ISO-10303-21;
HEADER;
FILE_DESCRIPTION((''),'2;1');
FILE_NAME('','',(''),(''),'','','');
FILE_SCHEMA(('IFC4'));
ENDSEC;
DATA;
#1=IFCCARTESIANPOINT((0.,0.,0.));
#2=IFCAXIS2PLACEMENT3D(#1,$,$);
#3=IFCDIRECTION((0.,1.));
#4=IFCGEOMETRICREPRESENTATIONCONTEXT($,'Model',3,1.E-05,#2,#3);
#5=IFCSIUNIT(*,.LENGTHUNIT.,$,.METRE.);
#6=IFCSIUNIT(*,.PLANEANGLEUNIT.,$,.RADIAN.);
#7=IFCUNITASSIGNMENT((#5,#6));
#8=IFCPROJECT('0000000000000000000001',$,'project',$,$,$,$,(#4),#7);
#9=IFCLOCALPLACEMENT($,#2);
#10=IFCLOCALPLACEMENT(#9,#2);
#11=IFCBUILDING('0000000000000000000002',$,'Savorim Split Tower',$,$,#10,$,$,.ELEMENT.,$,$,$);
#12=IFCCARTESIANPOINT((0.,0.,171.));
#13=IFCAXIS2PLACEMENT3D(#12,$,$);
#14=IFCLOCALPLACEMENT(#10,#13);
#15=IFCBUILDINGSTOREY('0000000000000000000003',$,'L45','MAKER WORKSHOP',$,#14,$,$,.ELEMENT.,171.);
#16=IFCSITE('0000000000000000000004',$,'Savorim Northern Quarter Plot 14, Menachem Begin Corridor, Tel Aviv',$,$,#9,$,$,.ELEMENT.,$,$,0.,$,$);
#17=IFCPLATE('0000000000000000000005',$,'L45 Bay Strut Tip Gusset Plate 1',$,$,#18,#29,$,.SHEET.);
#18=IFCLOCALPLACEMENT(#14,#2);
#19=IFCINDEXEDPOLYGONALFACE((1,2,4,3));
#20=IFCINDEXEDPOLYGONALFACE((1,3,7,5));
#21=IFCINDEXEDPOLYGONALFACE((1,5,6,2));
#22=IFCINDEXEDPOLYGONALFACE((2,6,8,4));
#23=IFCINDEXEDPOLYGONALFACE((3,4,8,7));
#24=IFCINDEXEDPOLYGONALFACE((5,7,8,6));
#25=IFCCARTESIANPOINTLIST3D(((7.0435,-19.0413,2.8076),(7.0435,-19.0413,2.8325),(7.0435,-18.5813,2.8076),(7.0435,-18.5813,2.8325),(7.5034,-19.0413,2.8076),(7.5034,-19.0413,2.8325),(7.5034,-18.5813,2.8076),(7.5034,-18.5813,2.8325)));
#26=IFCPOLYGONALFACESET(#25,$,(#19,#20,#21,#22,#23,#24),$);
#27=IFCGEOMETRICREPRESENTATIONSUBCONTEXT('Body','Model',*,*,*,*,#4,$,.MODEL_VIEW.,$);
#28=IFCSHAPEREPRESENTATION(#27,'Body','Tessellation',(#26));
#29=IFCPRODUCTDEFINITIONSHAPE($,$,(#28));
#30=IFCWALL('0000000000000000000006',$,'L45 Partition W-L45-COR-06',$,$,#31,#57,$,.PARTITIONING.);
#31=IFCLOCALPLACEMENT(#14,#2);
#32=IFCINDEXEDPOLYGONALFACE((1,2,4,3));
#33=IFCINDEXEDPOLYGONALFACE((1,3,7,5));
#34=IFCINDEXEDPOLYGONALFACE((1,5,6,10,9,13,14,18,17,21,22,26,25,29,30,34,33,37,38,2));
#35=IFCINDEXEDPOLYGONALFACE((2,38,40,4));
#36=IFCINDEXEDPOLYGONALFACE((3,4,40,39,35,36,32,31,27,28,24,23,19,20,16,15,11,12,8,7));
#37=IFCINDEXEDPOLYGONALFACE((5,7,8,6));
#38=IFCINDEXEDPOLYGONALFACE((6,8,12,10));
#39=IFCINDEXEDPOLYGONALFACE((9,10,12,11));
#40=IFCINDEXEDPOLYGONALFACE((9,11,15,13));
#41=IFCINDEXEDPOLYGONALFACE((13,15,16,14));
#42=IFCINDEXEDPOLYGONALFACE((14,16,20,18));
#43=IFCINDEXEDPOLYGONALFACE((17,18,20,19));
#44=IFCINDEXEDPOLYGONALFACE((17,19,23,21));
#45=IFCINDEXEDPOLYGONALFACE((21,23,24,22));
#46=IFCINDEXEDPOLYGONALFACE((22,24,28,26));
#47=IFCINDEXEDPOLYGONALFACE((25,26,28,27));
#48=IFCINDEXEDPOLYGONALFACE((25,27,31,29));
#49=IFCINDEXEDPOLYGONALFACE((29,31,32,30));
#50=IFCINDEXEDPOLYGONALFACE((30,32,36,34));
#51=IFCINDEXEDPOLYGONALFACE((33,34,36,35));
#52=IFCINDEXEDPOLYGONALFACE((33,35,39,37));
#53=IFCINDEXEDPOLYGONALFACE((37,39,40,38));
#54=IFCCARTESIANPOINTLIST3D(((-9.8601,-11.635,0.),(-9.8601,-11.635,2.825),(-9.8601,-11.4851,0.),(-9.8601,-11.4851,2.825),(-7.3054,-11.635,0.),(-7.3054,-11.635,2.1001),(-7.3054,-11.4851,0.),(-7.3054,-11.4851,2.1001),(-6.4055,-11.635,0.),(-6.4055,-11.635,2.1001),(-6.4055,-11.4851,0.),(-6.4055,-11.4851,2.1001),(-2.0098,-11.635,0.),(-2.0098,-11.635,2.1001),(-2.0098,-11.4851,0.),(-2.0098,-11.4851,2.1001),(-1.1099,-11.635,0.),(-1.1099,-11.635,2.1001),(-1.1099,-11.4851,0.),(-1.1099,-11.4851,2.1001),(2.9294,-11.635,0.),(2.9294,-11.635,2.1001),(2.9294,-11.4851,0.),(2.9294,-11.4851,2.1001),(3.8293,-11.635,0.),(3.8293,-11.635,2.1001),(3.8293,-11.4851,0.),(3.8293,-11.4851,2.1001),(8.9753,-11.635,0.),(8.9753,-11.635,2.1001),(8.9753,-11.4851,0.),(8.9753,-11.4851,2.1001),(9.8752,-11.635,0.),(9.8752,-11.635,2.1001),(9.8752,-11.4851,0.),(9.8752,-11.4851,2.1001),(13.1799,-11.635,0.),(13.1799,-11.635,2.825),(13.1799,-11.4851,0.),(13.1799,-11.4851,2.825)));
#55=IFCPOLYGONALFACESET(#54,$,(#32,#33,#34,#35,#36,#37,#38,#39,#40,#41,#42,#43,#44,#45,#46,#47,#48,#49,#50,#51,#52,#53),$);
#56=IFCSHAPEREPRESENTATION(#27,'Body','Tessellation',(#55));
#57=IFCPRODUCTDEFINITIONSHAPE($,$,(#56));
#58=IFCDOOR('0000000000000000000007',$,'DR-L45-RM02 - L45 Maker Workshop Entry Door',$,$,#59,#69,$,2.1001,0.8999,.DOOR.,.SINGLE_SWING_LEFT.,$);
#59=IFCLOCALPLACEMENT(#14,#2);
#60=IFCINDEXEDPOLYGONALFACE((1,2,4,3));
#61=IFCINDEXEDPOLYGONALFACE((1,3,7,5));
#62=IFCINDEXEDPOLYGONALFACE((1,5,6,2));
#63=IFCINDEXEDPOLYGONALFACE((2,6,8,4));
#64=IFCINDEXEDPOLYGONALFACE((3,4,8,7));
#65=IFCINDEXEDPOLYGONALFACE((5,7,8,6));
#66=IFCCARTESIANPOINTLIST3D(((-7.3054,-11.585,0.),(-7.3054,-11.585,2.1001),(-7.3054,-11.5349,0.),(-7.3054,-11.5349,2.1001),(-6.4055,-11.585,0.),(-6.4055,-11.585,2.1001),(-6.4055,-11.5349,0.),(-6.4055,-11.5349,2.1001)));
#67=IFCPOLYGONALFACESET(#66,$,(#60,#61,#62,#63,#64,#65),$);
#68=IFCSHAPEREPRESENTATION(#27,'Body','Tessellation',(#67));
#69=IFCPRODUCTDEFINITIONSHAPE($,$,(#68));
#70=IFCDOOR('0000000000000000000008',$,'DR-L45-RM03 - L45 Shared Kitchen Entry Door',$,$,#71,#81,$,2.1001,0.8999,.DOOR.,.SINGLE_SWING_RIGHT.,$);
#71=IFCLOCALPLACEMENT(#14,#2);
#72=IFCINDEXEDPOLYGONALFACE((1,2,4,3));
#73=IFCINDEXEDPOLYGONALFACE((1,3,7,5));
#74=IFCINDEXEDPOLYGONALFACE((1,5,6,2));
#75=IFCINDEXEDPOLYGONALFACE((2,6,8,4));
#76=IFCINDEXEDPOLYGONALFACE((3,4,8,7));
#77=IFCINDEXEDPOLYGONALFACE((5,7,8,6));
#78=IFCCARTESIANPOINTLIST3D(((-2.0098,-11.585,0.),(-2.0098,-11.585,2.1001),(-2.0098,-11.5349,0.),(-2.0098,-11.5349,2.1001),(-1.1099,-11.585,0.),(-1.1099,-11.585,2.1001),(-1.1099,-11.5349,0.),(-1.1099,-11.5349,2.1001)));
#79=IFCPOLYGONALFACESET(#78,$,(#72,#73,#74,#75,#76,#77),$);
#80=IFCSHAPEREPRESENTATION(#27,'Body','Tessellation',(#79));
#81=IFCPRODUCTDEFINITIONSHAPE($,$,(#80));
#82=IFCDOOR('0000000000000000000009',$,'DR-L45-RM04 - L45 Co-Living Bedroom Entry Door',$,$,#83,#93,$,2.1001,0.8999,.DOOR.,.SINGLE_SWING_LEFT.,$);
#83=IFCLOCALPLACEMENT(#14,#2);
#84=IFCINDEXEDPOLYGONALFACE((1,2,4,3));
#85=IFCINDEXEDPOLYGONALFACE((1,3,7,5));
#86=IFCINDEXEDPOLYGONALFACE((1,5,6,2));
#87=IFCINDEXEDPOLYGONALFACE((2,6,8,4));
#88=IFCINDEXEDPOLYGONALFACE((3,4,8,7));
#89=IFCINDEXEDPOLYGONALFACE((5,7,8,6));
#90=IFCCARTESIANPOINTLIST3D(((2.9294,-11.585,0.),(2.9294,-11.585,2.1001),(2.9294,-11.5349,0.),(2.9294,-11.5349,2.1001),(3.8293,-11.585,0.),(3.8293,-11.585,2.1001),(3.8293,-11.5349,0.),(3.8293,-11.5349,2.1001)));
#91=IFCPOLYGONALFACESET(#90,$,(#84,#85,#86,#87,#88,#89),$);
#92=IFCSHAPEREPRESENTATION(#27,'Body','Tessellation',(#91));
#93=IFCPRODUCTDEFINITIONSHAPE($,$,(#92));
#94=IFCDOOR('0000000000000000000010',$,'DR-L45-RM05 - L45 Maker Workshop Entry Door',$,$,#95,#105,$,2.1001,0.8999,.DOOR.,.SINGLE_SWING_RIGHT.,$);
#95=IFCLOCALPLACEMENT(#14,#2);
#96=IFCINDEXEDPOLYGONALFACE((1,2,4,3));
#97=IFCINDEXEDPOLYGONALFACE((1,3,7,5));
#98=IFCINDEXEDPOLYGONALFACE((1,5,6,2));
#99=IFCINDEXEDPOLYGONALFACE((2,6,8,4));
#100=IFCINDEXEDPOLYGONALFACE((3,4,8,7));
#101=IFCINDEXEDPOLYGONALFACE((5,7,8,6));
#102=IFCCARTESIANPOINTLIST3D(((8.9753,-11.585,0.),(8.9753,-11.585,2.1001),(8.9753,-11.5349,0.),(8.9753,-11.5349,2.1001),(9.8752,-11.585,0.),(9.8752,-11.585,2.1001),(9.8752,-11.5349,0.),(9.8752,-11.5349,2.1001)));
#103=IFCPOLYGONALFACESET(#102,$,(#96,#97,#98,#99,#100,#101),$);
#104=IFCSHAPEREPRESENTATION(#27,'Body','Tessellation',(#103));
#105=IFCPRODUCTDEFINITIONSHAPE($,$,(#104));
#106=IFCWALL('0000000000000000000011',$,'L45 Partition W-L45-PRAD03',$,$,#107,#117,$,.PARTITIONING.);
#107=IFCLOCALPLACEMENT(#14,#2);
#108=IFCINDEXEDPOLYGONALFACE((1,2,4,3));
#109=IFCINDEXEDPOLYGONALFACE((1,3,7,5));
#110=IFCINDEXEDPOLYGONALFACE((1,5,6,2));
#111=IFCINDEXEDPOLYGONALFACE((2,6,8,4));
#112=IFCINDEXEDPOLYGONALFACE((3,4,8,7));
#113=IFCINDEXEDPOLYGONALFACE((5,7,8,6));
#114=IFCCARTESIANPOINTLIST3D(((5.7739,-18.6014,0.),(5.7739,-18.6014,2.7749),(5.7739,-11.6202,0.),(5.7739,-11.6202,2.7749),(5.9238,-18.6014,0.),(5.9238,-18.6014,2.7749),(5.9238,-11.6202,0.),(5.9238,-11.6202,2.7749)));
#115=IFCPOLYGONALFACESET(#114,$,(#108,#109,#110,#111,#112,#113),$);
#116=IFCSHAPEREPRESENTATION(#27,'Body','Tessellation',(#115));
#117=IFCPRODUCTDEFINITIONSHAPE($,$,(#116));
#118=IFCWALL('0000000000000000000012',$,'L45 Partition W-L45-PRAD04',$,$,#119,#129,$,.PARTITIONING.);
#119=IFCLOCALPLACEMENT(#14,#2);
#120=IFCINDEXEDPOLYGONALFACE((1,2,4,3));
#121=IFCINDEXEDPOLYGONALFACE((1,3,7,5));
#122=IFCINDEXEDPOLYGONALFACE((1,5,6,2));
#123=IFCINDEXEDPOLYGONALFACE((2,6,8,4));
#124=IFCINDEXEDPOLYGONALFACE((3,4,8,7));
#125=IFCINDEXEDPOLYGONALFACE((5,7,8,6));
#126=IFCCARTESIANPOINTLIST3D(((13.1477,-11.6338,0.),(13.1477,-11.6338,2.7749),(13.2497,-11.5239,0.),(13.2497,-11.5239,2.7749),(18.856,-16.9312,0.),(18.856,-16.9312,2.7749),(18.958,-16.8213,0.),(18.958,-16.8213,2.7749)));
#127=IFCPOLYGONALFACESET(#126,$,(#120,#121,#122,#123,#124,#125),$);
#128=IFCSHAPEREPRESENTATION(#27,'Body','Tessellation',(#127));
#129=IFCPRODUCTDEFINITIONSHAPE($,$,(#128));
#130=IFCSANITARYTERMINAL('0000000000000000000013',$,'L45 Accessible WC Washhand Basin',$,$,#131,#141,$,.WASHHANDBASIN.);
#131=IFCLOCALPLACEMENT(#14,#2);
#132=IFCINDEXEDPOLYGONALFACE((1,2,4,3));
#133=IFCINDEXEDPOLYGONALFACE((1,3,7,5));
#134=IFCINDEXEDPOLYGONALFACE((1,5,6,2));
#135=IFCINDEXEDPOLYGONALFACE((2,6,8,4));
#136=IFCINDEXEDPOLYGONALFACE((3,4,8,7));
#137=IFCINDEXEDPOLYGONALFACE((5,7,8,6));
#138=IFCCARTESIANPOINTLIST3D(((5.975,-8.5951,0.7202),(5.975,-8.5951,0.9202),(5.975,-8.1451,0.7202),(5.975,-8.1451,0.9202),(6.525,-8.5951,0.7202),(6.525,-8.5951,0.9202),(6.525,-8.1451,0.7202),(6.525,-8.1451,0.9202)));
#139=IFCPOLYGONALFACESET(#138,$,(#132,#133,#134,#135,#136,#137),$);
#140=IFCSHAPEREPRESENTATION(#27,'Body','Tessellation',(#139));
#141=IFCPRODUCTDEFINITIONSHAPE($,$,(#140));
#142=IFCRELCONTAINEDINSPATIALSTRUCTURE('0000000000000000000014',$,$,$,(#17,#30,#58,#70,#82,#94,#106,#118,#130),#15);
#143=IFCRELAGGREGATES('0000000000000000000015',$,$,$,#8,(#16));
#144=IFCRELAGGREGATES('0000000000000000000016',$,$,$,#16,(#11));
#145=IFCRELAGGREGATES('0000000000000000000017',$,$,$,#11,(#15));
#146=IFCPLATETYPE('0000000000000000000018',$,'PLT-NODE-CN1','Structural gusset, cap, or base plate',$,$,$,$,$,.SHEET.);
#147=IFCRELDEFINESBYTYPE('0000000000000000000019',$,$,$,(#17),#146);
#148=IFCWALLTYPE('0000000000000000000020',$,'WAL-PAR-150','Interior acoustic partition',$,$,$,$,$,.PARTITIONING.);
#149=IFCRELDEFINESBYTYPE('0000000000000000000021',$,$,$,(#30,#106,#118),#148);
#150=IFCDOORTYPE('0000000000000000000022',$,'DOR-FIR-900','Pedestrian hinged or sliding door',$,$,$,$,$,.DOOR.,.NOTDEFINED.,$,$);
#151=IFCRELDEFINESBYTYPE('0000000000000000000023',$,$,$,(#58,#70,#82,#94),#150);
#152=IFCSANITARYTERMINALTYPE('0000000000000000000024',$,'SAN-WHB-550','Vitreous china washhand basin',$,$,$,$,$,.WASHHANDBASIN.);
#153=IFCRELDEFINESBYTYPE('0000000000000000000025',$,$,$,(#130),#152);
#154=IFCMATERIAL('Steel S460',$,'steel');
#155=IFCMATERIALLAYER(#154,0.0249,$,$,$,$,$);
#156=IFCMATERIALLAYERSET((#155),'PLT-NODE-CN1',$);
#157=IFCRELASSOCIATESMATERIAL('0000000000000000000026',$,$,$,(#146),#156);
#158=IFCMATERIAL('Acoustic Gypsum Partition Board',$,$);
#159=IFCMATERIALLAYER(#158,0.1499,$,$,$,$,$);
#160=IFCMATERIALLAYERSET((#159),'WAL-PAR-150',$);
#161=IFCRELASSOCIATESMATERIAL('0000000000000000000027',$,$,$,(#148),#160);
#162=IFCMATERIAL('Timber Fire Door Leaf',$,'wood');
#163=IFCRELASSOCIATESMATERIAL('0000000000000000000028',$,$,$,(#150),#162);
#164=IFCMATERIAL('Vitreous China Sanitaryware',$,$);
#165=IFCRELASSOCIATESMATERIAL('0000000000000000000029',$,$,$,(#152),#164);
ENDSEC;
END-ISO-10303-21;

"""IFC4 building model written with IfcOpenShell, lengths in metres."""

from ifc_helpers import new_model, si_unit, direction, frame, frame_2d, origin, origin_2d, place, context, subcontext, project, spatial, rectangle, extrude, material, layer, layer_set, type_object, element, fill, save


model = new_model("IFC4")

# Units and contexts
model_context = context("Model", 3, precision=1e-05, world=origin(), true_north=direction((0.0, 1.0)))
body_context = subcontext(model_context, "Body", "Model", "MODEL_VIEW")
ifc_project = project(units=[si_unit("LENGTHUNIT", "METRE"), si_unit("PLANEANGLEUNIT", "RADIAN")], contexts=[model_context])

# Site, building, storey
site_placement = place(None, origin())
site = spatial("IfcSite", under=ifc_project, at=site_placement, Name="Savorim Northern Quarter Plot 14, Menachem Begin Corridor, Tel Aviv", CompositionType="ELEMENT", RefElevation=0.0)
building_placement = place(site_placement, origin())
building = spatial("IfcBuilding", under=site, at=building_placement, Name="Savorim Split Tower", CompositionType="ELEMENT")
storey_placement = place(building_placement, frame((0.0, 0.0, 171.0)))
storey = spatial("IfcBuildingStorey", under=building, at=storey_placement, Name="L45", Description="MAKER WORKSHOP", CompositionType="ELEMENT", Elevation=171.0)

# Shared definitions
ifc_material_1 = material(Name="Steel S460", Category="steel")

# Plate
ifc_layer_1 = layer(ifc_material_1, 0.0249)
ifc_layer_set_1 = layer_set([ifc_layer_1], Name="PLT-NODE-CN1")
plate_type_1 = type_object("IfcPlateType", Name="PLT-NODE-CN1", Description="Structural gusset, cap, or base plate", PredefinedType="SHEET", material=ifc_layer_set_1)
plate_1_placement = place(storey_placement, frame((7.2734, -18.8113, 2.8076), z_axis=(0.0, 0.0, 1.0), x_axis=(1.0, 0.0, 0.0)))
element("IfcPlate", 1, at=plate_1_placement, inside=storey, type_object=plate_type_1, Name="L45 Bay Strut Tip Gusset Plate 1", PredefinedType="SHEET", context=body_context, shape_type="SweptSolid", body=[
    extrude(rectangle(XDim=0.46, YDim=0.46, at=origin_2d()), origin(), (0.0, 0.0, 1.0), 0.0249),
])

# Wall, openings, doors
ifc_material_2 = material(Name="Acoustic Gypsum Partition Board")
ifc_layer_2 = layer(ifc_material_2, 0.1499)
ifc_layer_set_2 = layer_set([ifc_layer_2], Name="WAL-PAR-150")
wall_type = type_object("IfcWallType", Name="WAL-PAR-150", Description="Interior acoustic partition", PredefinedType="PARTITIONING", material=ifc_layer_set_2)
wall_1_placement = place(storey_placement, frame((13.1799, -11.5601, 0.0), z_axis=(0.0, 0.0, 1.0), x_axis=(-1.0, 0.0, 0.0)))
wall_1 = element("IfcWall", 2, at=wall_1_placement, inside=storey, type_object=wall_type, Name="L45 Partition W-L45-COR-06", PredefinedType="PARTITIONING", context=body_context, shape_type="SweptSolid", body=[
    extrude(rectangle(XDim=23.04, YDim=0.1499, at=frame_2d((11.52, 0.0))), origin(), (0.0, 0.0, 1.0), 2.825),
])
opening_1_placement = place(wall_1_placement, frame((19.5854, 0.0, 0.0)))
opening_1 = element("IfcOpeningElement", 3, at=opening_1_placement, cuts=wall_1, PredefinedType="OPENING", context=body_context, shape_type="SweptSolid", body=[
    extrude(rectangle(XDim=0.8999, YDim=2.1001, at=frame_2d((0.45, 1.05))), frame((0.0, 0.085, 0.0), z_axis=(0.0, -1.0, 0.0), x_axis=(1.0, 0.0, 0.0)), (0.0, 0.0, 1.0), 0.1699),
])
opening_2_placement = place(wall_1_placement, frame((14.2898, 0.0, 0.0)))
opening_2 = element("IfcOpeningElement", 4, at=opening_2_placement, cuts=wall_1, PredefinedType="OPENING", context=body_context, shape_type="SweptSolid", body=[
    extrude(rectangle(XDim=0.8999, YDim=2.1001, at=frame_2d((0.45, 1.05))), frame((0.0, 0.085, 0.0), z_axis=(0.0, -1.0, 0.0), x_axis=(1.0, 0.0, 0.0)), (0.0, 0.0, 1.0), 0.1699),
])
opening_3_placement = place(wall_1_placement, frame((9.3506, 0.0, 0.0)))
opening_3 = element("IfcOpeningElement", 5, at=opening_3_placement, cuts=wall_1, PredefinedType="OPENING", context=body_context, shape_type="SweptSolid", body=[
    extrude(rectangle(XDim=0.8999, YDim=2.1001, at=frame_2d((0.45, 1.05))), frame((0.0, 0.085, 0.0), z_axis=(0.0, -1.0, 0.0), x_axis=(1.0, 0.0, 0.0)), (0.0, 0.0, 1.0), 0.1699),
])
opening_4_placement = place(wall_1_placement, frame((3.3047, 0.0, 0.0)))
opening_4 = element("IfcOpeningElement", 6, at=opening_4_placement, cuts=wall_1, PredefinedType="OPENING", context=body_context, shape_type="SweptSolid", body=[
    extrude(rectangle(XDim=0.8999, YDim=2.1001, at=frame_2d((0.45, 1.05))), frame((0.0, 0.085, 0.0), z_axis=(0.0, -1.0, 0.0), x_axis=(1.0, 0.0, 0.0)), (0.0, 0.0, 1.0), 0.1699),
])
ifc_material_3 = material(Name="Timber Fire Door Leaf", Category="wood")
door_type = type_object("IfcDoorType", Name="DOR-FIR-900", Description="Pedestrian hinged or sliding door", OperationType="NOTDEFINED", PredefinedType="DOOR", material=ifc_material_3)
door_1_placement = place(opening_1_placement, origin())
door_1 = element("IfcDoor", 7, at=door_1_placement, inside=storey, type_object=door_type, Name="DR-L45-RM02 - L45 Maker Workshop Entry Door", OperationType="SINGLE_SWING_LEFT", OverallHeight=2.1001, OverallWidth=0.8999, PredefinedType="DOOR", context=body_context, shape_type="SweptSolid", body=[
    extrude(rectangle(XDim=0.8999, YDim=2.1001, at=frame_2d((0.45, 1.05))), frame((0.0, 0.0249, 0.0), z_axis=(0.0, -1.0, 0.0), x_axis=(1.0, 0.0, 0.0)), (0.0, 0.0, 1.0), 0.05),
])
fill(opening_1, door_1)
door_2_placement = place(opening_2_placement, origin())
door_2 = element("IfcDoor", 8, at=door_2_placement, inside=storey, type_object=door_type, Name="DR-L45-RM03 - L45 Shared Kitchen Entry Door", OperationType="SINGLE_SWING_RIGHT", OverallHeight=2.1001, OverallWidth=0.8999, PredefinedType="DOOR", context=body_context, shape_type="SweptSolid", body=[
    extrude(rectangle(XDim=0.8999, YDim=2.1001, at=frame_2d((0.45, 1.05))), frame((0.0, 0.0249, 0.0), z_axis=(0.0, -1.0, 0.0), x_axis=(1.0, 0.0, 0.0)), (0.0, 0.0, 1.0), 0.05),
])
fill(opening_2, door_2)
door_3_placement = place(opening_3_placement, origin())
door_3 = element("IfcDoor", 9, at=door_3_placement, inside=storey, type_object=door_type, Name="DR-L45-RM04 - L45 Co-Living Bedroom Entry Door", OperationType="SINGLE_SWING_LEFT", OverallHeight=2.1001, OverallWidth=0.8999, PredefinedType="DOOR", context=body_context, shape_type="SweptSolid", body=[
    extrude(rectangle(XDim=0.8999, YDim=2.1001, at=frame_2d((0.45, 1.05))), frame((0.0, 0.0249, 0.0), z_axis=(0.0, -1.0, 0.0), x_axis=(1.0, 0.0, 0.0)), (0.0, 0.0, 1.0), 0.05),
])
fill(opening_3, door_3)
door_4_placement = place(opening_4_placement, origin())
door_4 = element("IfcDoor", 10, at=door_4_placement, inside=storey, type_object=door_type, Name="DR-L45-RM05 - L45 Maker Workshop Entry Door", OperationType="SINGLE_SWING_RIGHT", OverallHeight=2.1001, OverallWidth=0.8999, PredefinedType="DOOR", context=body_context, shape_type="SweptSolid", body=[
    extrude(rectangle(XDim=0.8999, YDim=2.1001, at=frame_2d((0.45, 1.05))), frame((0.0, 0.0249, 0.0), z_axis=(0.0, -1.0, 0.0), x_axis=(1.0, 0.0, 0.0)), (0.0, 0.0, 1.0), 0.05),
])
fill(opening_4, door_4)

# Walls
wall_2_placement = place(storey_placement, frame((5.8489, -11.6201, 0.0), z_axis=(0.0, 0.0, 1.0), x_axis=(0.0, -1.0, 0.0)))
element("IfcWall", 11, at=wall_2_placement, inside=storey, type_object=wall_type, Name="L45 Partition W-L45-PRAD03", PredefinedType="PARTITIONING", context=body_context, shape_type="SweptSolid", body=[
    extrude(rectangle(XDim=6.9812, YDim=0.1499, at=frame_2d((3.4907, 0.0))), origin(), (0.0, 0.0, 1.0), 2.7749),
])
wall_3_placement = place(storey_placement, frame((13.1987, -11.5789, 0.0), z_axis=(0.0, 0.0, 1.0), x_axis=(0.732996, -0.680233, 0.0)))
element("IfcWall", 12, at=wall_3_placement, inside=storey, type_object=wall_type, Name="L45 Partition W-L45-PRAD04", PredefinedType="PARTITIONING", context=body_context, shape_type="SweptSolid", body=[
    extrude(rectangle(XDim=7.7876, YDim=0.1499, at=frame_2d((3.8938, 0.0))), origin(), (0.0, 0.0, 1.0), 2.7749),
])

# Sanitary terminal
ifc_material_4 = material(Name="Vitreous China Sanitaryware")
sanitary_terminal_type = type_object("IfcSanitaryTerminalType", Name="SAN-WHB-550", Description="Vitreous china washhand basin", PredefinedType="WASHHANDBASIN", material=ifc_material_4)
sanitary_terminal_placement = place(storey_placement, frame((6.25, -8.3701, 0.7202), z_axis=(0.0, 0.0, 1.0), x_axis=(1.0, 0.0, 0.0)))
element("IfcSanitaryTerminal", 13, at=sanitary_terminal_placement, inside=storey, type_object=sanitary_terminal_type, Name="L45 Accessible WC Washhand Basin", PredefinedType="WASHHANDBASIN", context=body_context, shape_type="SweptSolid", body=[
    extrude(rectangle(XDim=0.55, YDim=0.45, at=origin_2d()), origin(), (0.0, 0.0, 1.0), 0.2),
])

save(model, "model.ifc")
